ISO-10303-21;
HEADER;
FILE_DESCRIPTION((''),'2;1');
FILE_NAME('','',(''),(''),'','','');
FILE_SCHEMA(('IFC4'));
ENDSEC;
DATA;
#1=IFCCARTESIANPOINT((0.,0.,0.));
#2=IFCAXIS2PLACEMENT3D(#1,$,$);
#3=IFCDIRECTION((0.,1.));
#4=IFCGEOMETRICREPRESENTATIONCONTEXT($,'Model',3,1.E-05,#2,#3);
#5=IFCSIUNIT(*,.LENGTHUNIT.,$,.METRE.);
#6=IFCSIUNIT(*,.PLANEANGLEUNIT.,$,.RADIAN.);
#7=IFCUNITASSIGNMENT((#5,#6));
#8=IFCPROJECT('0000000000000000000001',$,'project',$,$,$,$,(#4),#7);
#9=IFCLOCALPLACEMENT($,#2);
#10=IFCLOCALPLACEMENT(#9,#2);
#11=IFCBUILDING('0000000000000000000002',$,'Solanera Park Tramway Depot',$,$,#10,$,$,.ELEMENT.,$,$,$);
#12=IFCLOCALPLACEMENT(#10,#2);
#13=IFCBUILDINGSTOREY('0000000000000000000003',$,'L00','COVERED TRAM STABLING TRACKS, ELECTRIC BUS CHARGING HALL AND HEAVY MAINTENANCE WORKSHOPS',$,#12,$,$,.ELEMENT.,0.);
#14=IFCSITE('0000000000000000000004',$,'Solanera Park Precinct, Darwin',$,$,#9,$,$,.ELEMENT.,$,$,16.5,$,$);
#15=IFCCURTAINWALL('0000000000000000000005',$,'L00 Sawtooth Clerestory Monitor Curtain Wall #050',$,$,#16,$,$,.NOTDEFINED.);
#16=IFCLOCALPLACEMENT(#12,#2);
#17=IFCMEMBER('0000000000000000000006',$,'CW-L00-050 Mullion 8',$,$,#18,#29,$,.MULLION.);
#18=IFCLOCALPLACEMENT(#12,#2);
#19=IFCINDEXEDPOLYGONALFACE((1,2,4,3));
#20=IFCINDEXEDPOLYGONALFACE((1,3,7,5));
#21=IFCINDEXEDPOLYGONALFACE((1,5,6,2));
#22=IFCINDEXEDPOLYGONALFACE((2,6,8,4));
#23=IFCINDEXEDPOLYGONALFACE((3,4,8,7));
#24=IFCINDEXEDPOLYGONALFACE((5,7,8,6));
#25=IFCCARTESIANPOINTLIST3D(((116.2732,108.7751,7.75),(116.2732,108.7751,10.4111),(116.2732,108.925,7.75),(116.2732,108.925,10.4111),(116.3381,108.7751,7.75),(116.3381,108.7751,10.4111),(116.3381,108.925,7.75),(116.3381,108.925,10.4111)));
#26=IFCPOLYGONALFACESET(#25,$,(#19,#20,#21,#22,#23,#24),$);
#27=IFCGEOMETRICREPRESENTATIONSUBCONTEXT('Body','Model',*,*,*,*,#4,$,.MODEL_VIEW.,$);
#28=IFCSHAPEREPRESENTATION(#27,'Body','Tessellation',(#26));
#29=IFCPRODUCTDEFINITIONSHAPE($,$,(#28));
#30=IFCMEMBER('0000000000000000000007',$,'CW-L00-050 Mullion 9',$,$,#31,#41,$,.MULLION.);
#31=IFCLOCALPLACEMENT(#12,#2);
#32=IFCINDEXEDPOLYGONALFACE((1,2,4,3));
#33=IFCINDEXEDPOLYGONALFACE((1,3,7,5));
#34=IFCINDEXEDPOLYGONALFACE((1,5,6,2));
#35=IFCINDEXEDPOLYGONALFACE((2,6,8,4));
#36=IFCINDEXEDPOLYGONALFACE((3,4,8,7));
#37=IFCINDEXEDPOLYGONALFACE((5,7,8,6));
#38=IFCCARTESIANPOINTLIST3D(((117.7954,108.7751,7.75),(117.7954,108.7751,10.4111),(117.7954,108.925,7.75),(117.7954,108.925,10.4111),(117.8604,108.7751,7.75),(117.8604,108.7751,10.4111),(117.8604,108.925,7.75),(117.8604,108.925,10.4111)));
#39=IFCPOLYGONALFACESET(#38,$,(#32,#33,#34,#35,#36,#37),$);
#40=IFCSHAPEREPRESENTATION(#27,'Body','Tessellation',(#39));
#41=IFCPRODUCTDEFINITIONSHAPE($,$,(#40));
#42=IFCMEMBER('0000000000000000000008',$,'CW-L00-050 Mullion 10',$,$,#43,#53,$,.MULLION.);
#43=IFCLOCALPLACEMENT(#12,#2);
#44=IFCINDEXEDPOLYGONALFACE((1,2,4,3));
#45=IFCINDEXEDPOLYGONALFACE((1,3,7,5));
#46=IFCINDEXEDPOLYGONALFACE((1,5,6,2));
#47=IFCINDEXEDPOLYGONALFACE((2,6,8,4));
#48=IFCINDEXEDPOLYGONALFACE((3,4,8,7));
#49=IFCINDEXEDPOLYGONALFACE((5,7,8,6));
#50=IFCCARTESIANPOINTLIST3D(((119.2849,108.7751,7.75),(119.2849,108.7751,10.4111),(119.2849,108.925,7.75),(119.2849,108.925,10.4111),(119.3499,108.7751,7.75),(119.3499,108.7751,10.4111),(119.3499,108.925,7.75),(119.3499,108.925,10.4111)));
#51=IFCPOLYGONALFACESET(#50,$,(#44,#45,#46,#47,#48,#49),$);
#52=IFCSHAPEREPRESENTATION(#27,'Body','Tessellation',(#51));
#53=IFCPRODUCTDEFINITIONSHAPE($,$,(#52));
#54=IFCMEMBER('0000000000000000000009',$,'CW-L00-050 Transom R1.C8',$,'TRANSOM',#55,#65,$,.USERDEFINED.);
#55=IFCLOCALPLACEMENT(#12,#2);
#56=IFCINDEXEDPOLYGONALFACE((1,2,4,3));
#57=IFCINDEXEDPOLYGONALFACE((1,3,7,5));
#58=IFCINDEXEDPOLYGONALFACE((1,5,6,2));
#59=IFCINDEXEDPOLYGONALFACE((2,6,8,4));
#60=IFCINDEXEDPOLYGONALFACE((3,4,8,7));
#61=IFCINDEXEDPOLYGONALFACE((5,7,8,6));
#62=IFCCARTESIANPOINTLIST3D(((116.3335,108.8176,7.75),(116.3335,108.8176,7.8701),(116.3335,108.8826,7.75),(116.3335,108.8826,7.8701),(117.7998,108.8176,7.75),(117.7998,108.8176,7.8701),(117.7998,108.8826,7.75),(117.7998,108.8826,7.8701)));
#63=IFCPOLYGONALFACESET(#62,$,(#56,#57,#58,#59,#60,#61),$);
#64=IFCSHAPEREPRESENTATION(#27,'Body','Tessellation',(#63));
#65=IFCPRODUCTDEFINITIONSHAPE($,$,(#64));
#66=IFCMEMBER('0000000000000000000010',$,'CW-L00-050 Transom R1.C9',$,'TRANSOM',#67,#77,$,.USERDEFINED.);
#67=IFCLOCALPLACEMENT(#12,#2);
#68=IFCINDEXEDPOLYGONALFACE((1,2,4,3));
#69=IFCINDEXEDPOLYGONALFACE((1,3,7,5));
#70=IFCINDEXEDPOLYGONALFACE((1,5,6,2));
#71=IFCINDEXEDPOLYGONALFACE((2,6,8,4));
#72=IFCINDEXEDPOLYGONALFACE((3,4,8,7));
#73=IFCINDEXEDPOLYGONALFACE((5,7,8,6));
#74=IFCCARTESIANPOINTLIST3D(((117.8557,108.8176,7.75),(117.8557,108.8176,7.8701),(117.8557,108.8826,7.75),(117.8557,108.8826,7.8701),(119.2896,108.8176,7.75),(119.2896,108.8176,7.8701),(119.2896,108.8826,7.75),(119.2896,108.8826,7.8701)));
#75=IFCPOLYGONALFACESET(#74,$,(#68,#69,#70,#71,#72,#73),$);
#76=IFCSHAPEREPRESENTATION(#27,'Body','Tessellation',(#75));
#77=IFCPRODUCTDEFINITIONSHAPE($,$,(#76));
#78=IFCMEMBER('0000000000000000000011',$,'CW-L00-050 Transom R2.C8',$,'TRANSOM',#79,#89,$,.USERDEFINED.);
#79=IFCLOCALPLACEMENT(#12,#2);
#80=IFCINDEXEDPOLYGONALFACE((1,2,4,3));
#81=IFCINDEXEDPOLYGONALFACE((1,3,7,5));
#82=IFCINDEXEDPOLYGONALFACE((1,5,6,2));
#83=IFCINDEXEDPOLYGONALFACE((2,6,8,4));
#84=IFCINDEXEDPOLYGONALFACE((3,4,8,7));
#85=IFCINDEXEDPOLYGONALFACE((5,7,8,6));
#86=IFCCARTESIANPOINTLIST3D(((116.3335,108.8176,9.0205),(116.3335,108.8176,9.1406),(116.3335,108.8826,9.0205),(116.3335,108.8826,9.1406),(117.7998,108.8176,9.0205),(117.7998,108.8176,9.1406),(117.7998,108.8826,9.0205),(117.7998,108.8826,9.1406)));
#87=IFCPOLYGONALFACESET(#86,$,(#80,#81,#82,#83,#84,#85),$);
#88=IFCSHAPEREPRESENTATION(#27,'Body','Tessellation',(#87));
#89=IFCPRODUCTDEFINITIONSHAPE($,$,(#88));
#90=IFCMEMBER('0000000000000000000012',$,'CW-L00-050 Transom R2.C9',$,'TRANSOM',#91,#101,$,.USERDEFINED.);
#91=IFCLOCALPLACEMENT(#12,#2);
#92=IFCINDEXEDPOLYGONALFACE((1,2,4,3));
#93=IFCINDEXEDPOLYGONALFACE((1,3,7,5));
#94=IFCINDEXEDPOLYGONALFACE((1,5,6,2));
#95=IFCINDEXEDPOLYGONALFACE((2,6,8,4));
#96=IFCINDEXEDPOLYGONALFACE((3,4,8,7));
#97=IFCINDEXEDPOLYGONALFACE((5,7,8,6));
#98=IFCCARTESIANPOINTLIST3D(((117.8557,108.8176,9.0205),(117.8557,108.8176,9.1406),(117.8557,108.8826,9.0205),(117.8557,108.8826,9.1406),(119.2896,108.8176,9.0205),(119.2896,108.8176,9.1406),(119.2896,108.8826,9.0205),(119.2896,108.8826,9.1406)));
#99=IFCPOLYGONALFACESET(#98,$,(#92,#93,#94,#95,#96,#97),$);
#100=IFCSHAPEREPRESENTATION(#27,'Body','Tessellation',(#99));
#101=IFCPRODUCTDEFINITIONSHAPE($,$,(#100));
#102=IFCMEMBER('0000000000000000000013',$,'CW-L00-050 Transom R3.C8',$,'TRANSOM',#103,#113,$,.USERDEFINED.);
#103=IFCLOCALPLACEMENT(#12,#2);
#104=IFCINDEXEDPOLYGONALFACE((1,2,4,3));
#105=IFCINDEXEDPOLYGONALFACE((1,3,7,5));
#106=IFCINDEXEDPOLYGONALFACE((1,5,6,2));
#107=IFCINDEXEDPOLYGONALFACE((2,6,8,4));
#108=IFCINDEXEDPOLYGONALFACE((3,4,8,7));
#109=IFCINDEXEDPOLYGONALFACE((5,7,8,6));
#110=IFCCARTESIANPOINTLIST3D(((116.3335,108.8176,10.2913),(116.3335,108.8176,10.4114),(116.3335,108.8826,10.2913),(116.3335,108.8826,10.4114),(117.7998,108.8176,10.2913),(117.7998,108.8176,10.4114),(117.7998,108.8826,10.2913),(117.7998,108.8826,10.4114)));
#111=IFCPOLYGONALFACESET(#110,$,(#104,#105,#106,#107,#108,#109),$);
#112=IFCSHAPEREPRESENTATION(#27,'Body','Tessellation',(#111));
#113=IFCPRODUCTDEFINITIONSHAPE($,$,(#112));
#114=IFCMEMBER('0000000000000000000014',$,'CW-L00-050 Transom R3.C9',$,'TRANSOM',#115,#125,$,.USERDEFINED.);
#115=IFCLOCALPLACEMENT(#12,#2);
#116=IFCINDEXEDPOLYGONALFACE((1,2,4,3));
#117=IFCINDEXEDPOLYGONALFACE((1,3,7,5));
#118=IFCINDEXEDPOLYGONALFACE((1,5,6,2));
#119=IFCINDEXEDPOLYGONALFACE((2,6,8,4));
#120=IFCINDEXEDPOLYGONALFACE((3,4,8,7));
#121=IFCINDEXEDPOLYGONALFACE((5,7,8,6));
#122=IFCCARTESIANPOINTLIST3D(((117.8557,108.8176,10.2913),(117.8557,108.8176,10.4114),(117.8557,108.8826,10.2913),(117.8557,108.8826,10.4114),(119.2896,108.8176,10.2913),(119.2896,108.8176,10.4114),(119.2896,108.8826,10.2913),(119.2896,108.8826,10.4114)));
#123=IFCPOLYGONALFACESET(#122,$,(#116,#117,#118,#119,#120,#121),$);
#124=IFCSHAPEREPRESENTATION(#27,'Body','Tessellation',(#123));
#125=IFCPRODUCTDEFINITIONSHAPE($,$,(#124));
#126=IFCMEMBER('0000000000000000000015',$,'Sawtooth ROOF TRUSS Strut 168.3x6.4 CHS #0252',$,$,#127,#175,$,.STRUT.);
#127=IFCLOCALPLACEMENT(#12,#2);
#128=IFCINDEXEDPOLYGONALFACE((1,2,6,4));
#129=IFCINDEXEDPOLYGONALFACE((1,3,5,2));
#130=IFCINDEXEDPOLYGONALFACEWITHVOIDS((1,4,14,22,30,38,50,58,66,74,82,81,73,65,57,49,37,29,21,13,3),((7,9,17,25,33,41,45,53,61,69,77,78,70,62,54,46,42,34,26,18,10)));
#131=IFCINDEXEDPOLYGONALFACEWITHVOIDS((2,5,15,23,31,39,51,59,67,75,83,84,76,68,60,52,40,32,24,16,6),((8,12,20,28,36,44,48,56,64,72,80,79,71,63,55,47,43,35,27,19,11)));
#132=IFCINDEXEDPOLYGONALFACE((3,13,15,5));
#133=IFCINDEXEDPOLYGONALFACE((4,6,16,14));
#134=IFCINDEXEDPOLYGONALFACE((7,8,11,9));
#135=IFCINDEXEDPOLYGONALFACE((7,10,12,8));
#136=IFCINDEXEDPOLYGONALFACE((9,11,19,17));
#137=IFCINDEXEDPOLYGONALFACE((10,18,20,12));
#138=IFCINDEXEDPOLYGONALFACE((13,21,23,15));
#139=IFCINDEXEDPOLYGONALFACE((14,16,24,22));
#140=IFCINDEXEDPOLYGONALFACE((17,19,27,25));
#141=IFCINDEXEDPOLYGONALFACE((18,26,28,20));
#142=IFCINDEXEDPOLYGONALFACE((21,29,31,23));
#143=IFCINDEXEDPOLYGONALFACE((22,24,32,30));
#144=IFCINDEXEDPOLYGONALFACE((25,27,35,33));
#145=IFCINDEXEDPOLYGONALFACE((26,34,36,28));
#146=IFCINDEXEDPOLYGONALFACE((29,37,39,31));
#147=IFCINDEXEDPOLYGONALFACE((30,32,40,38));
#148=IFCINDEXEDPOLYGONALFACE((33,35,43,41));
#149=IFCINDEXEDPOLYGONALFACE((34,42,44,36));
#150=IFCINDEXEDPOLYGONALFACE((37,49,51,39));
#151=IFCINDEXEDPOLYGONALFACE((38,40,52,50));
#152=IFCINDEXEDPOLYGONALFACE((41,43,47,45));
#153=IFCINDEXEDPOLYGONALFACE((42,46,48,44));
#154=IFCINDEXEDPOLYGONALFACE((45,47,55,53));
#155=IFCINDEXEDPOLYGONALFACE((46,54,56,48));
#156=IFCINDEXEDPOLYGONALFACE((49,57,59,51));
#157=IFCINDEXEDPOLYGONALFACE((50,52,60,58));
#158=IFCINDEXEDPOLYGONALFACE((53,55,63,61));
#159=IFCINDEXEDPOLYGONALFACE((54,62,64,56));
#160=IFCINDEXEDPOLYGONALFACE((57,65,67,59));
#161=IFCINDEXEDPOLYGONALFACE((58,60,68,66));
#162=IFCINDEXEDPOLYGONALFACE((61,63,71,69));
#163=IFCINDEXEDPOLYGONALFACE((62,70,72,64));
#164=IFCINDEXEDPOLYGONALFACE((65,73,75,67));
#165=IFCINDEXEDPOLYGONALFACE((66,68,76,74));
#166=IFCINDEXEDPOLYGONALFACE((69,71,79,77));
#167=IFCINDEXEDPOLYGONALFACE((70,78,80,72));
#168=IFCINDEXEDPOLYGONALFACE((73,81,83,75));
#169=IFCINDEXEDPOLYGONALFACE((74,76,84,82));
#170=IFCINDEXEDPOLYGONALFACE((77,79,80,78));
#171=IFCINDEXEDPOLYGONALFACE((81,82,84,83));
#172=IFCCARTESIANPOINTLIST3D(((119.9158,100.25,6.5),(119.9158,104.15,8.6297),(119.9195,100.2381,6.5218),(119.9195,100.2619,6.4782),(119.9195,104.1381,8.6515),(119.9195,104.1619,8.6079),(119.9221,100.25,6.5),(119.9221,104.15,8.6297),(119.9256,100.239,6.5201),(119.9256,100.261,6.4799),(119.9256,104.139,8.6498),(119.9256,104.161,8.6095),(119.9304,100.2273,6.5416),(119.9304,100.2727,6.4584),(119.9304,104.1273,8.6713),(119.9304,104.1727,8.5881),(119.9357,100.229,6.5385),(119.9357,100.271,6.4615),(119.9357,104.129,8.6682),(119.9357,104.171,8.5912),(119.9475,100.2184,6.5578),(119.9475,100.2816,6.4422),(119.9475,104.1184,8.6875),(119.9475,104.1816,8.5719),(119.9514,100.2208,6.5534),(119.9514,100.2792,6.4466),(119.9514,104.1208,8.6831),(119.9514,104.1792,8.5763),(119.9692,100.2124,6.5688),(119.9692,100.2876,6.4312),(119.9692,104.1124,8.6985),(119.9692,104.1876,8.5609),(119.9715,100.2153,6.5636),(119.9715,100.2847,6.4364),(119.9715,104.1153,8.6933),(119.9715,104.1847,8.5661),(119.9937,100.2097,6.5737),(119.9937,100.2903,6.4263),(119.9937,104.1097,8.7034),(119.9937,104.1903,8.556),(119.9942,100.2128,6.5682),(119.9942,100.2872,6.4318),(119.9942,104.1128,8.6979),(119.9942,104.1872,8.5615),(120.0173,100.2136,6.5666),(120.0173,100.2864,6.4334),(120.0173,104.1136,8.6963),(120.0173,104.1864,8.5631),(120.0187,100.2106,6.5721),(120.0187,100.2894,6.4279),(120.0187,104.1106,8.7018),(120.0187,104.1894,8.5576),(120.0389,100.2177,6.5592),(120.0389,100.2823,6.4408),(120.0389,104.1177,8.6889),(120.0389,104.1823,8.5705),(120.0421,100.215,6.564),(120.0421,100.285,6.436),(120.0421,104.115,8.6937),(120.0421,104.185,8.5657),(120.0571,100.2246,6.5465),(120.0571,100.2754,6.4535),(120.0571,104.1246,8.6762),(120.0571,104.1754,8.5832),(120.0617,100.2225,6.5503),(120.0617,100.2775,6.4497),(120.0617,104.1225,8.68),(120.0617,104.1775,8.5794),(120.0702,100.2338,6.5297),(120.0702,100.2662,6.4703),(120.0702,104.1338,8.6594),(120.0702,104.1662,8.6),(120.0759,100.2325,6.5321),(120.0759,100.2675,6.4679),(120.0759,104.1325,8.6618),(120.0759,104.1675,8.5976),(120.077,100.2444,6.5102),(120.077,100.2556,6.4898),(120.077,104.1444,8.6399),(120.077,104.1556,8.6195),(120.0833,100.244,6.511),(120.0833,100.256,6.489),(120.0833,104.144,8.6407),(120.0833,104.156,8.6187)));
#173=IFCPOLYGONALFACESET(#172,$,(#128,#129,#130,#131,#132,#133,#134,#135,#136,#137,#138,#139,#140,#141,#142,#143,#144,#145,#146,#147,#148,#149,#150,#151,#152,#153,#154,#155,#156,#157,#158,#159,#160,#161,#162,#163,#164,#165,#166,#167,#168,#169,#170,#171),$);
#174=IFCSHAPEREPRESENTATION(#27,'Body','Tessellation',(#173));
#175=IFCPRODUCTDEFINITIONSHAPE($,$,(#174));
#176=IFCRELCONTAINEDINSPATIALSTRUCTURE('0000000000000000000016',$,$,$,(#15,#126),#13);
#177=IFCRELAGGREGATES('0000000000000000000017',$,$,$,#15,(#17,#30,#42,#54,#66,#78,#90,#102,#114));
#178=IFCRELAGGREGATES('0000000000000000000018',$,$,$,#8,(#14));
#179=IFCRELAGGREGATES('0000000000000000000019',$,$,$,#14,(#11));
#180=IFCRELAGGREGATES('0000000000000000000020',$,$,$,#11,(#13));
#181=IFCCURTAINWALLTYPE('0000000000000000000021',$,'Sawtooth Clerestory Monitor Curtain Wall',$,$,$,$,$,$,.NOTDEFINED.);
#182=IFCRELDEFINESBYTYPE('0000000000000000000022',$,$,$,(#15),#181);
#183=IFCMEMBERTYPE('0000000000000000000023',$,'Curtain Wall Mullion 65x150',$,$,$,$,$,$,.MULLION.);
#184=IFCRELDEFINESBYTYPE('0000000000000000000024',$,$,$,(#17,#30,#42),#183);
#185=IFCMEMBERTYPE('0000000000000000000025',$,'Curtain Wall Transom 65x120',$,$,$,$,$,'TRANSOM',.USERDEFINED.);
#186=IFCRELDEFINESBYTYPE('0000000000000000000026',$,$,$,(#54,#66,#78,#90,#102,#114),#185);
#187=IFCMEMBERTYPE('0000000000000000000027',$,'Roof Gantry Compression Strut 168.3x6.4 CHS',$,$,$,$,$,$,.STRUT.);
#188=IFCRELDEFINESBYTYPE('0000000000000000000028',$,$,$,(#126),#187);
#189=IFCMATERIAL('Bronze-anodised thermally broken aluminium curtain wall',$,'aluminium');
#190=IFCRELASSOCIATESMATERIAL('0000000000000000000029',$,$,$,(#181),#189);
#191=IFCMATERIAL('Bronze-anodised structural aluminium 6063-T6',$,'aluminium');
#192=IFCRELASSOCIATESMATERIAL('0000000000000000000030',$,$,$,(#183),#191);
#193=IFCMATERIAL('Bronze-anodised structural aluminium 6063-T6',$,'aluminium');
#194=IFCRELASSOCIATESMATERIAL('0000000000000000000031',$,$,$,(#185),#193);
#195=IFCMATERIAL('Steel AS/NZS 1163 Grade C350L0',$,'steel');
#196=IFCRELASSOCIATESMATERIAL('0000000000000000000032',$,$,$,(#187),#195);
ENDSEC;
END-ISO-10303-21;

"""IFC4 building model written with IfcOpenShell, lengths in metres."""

from ifc_helpers import new_model, si_unit, direction, frame, origin, origin_2d, place, context, subcontext, project, spatial, rectangle, hollow_circle, extrude, material, material_profile, profile_set, type_object, element, aggregate, save


model = new_model("IFC4")

# Units and contexts
model_context = context("Model", 3, precision=1e-05, world=origin(), true_north=direction((0.0, 1.0)))
body_context = subcontext(model_context, "Body", "Model", "MODEL_VIEW")
ifc_project = project(units=[si_unit("LENGTHUNIT", "METRE"), si_unit("PLANEANGLEUNIT", "RADIAN")], contexts=[model_context])

# Site, building, storey
site_placement = place(None, origin())
site = spatial("IfcSite", under=ifc_project, at=site_placement, Name="Solanera Park Precinct, Darwin", CompositionType="ELEMENT", RefElevation=16.5)
building_placement = place(site_placement, origin())
building = spatial("IfcBuilding", under=site, at=building_placement, Name="Solanera Park Tramway Depot", CompositionType="ELEMENT")
storey_placement = place(building_placement, origin())
storey = spatial("IfcBuildingStorey", under=building, at=storey_placement, Name="L00", Description="COVERED TRAM STABLING TRACKS, ELECTRIC BUS CHARGING HALL AND HEAVY MAINTENANCE WORKSHOPS", CompositionType="ELEMENT", Elevation=0.0)

# Curtain wall, members
ifc_material_1 = material(Name="Bronze-anodised thermally broken aluminium curtain wall", Category="aluminium")
curtain_wall_type = type_object("IfcCurtainWallType", Name="Sawtooth Clerestory Monitor Curtain Wall", PredefinedType="NOTDEFINED", material=ifc_material_1)
curtain_wall_placement = place(storey_placement, origin())
curtain_wall = element("IfcCurtainWall", 1, at=curtain_wall_placement, inside=storey, type_object=curtain_wall_type, Name="L00 Sawtooth Clerestory Monitor Curtain Wall #050", PredefinedType="NOTDEFINED")
ifc_material_2 = material(Name="Bronze-anodised structural aluminium 6063-T6", Category="aluminium")
ifc_material_profile_1 = material_profile(ifc_material_2, rectangle(XDim=0.0649, YDim=0.1499, at=origin_2d()), Name="Curtain Wall Mullion 65x150")
ifc_profile_set_1 = profile_set([ifc_material_profile_1], Name="Bronze-anodised structural aluminium 6063-T6")
member_type_1 = type_object("IfcMemberType", Name="Curtain Wall Mullion 65x150", PredefinedType="MULLION", material=ifc_profile_set_1)
member_1_placement = place(storey_placement, frame((116.3057, 108.8501, 7.75), z_axis=(0.0, 0.0, 1.0), x_axis=(1.0, 0.0, 0.0)))
member_1 = element("IfcMember", 2, at=member_1_placement, type_object=member_type_1, Name="CW-L00-050 Mullion 8", PredefinedType="MULLION", context=body_context, shape_type="SweptSolid", body=[
    extrude(rectangle(XDim=0.0649, YDim=0.1499, at=origin_2d()), origin(), (0.0, 0.0, 1.0), 2.6611),
])
member_2_placement = place(storey_placement, frame((117.8279, 108.8501, 7.75), z_axis=(0.0, 0.0, 1.0), x_axis=(1.0, 0.0, 0.0)))
member_2 = element("IfcMember", 3, at=member_2_placement, type_object=member_type_1, Name="CW-L00-050 Mullion 9", PredefinedType="MULLION", context=body_context, shape_type="SweptSolid", body=[
    extrude(rectangle(XDim=0.0649, YDim=0.1499, at=origin_2d()), origin(), (0.0, 0.0, 1.0), 2.6611),
])
member_3_placement = place(storey_placement, frame((119.3174, 108.8501, 7.75), z_axis=(0.0, 0.0, 1.0), x_axis=(1.0, 0.0, 0.0)))
member_3 = element("IfcMember", 4, at=member_3_placement, type_object=member_type_1, Name="CW-L00-050 Mullion 10", PredefinedType="MULLION", context=body_context, shape_type="SweptSolid", body=[
    extrude(rectangle(XDim=0.0649, YDim=0.1499, at=origin_2d()), origin(), (0.0, 0.0, 1.0), 2.6611),
])
ifc_material_3 = material(Name="Bronze-anodised structural aluminium 6063-T6", Category="aluminium")
ifc_material_profile_2 = material_profile(ifc_material_3, rectangle(XDim=0.0649, YDim=0.1201, at=origin_2d()), Name="Curtain Wall Transom 65x120")
ifc_profile_set_2 = profile_set([ifc_material_profile_2], Name="Bronze-anodised structural aluminium 6063-T6")
member_type_2 = type_object("IfcMemberType", Name="Curtain Wall Transom 65x120", ElementType="TRANSOM", PredefinedType="USERDEFINED", material=ifc_profile_set_2)
member_4_placement = place(storey_placement, frame((116.3335, 108.8501, 7.8101), z_axis=(1.0, 0.0, 0.0), x_axis=(0.0, 1.0, 0.0)))
member_4 = element("IfcMember", 5, at=member_4_placement, type_object=member_type_2, Name="CW-L00-050 Transom R1.C8", ObjectType="TRANSOM", PredefinedType="USERDEFINED", context=body_context, shape_type="SweptSolid", body=[
    extrude(rectangle(XDim=0.0649, YDim=0.1201, at=origin_2d()), origin(), (0.0, 0.0, 1.0), 1.4663),
])
member_5_placement = place(storey_placement, frame((117.8557, 108.8501, 7.8101), z_axis=(1.0, 0.0, 0.0), x_axis=(0.0, 1.0, 0.0)))
member_5 = element("IfcMember", 6, at=member_5_placement, type_object=member_type_2, Name="CW-L00-050 Transom R1.C9", ObjectType="TRANSOM", PredefinedType="USERDEFINED", context=body_context, shape_type="SweptSolid", body=[
    extrude(rectangle(XDim=0.0649, YDim=0.1201, at=origin_2d()), origin(), (0.0, 0.0, 1.0), 1.4338),
])
member_6_placement = place(storey_placement, frame((116.3335, 108.8501, 9.0806), z_axis=(1.0, 0.0, 0.0), x_axis=(0.0, 1.0, 0.0)))
member_6 = element("IfcMember", 7, at=member_6_placement, type_object=member_type_2, Name="CW-L00-050 Transom R2.C8", ObjectType="TRANSOM", PredefinedType="USERDEFINED", context=body_context, shape_type="SweptSolid", body=[
    extrude(rectangle(XDim=0.0649, YDim=0.1201, at=origin_2d()), origin(), (0.0, 0.0, 1.0), 1.4663),
])
member_7_placement = place(storey_placement, frame((117.8557, 108.8501, 9.0806), z_axis=(1.0, 0.0, 0.0), x_axis=(0.0, 1.0, 0.0)))
member_7 = element("IfcMember", 8, at=member_7_placement, type_object=member_type_2, Name="CW-L00-050 Transom R2.C9", ObjectType="TRANSOM", PredefinedType="USERDEFINED", context=body_context, shape_type="SweptSolid", body=[
    extrude(rectangle(XDim=0.0649, YDim=0.1201, at=origin_2d()), origin(), (0.0, 0.0, 1.0), 1.4338),
])
member_8_placement = place(storey_placement, frame((116.3335, 108.8501, 10.3513), z_axis=(1.0, 0.0, 0.0), x_axis=(0.0, 1.0, 0.0)))
member_8 = element("IfcMember", 9, at=member_8_placement, type_object=member_type_2, Name="CW-L00-050 Transom R3.C8", ObjectType="TRANSOM", PredefinedType="USERDEFINED", context=body_context, shape_type="SweptSolid", body=[
    extrude(rectangle(XDim=0.0649, YDim=0.1201, at=origin_2d()), origin(), (0.0, 0.0, 1.0), 1.4663),
])
member_9_placement = place(storey_placement, frame((117.8557, 108.8501, 10.3513), z_axis=(1.0, 0.0, 0.0), x_axis=(0.0, 1.0, 0.0)))
member_9 = element("IfcMember", 10, at=member_9_placement, type_object=member_type_2, Name="CW-L00-050 Transom R3.C9", ObjectType="TRANSOM", PredefinedType="USERDEFINED", context=body_context, shape_type="SweptSolid", body=[
    extrude(rectangle(XDim=0.0649, YDim=0.1201, at=origin_2d()), origin(), (0.0, 0.0, 1.0), 1.4338),
])

# Member
ifc_material_4 = material(Name="Steel AS/NZS 1163 Grade C350L0", Category="steel")
ifc_material_profile_3 = material_profile(ifc_material_4, hollow_circle(Radius=0.0842, WallThickness=0.0063, at=origin_2d()), Name="168.3x6.4 CHS")
ifc_profile_set_3 = profile_set([ifc_material_profile_3], Name="Steel AS/NZS 1163 Grade C350L0")
member_type_3 = type_object("IfcMemberType", Name="Roof Gantry Compression Strut 168.3x6.4 CHS", PredefinedType="STRUT", material=ifc_profile_set_3)
member_10_placement = place(storey_placement, frame((120.0, 100.25, 6.5), z_axis=(0.0, 0.877667, 0.479272), x_axis=(-1.0, 0.0, 0.0)))
element("IfcMember", 11, at=member_10_placement, inside=storey, type_object=member_type_3, Name="Sawtooth ROOF TRUSS Strut 168.3x6.4 CHS #0252", PredefinedType="STRUT", context=body_context, shape_type="SweptSolid", body=[
    extrude(hollow_circle(Radius=0.0842, WallThickness=0.0063, at=origin_2d()), origin(), (0.0, 0.0, 1.0), 4.4436),
])

aggregate(curtain_wall, [member_1, member_2, member_3, member_4, member_5, member_6, member_7, member_8, member_9])

save(model, "model.ifc")
